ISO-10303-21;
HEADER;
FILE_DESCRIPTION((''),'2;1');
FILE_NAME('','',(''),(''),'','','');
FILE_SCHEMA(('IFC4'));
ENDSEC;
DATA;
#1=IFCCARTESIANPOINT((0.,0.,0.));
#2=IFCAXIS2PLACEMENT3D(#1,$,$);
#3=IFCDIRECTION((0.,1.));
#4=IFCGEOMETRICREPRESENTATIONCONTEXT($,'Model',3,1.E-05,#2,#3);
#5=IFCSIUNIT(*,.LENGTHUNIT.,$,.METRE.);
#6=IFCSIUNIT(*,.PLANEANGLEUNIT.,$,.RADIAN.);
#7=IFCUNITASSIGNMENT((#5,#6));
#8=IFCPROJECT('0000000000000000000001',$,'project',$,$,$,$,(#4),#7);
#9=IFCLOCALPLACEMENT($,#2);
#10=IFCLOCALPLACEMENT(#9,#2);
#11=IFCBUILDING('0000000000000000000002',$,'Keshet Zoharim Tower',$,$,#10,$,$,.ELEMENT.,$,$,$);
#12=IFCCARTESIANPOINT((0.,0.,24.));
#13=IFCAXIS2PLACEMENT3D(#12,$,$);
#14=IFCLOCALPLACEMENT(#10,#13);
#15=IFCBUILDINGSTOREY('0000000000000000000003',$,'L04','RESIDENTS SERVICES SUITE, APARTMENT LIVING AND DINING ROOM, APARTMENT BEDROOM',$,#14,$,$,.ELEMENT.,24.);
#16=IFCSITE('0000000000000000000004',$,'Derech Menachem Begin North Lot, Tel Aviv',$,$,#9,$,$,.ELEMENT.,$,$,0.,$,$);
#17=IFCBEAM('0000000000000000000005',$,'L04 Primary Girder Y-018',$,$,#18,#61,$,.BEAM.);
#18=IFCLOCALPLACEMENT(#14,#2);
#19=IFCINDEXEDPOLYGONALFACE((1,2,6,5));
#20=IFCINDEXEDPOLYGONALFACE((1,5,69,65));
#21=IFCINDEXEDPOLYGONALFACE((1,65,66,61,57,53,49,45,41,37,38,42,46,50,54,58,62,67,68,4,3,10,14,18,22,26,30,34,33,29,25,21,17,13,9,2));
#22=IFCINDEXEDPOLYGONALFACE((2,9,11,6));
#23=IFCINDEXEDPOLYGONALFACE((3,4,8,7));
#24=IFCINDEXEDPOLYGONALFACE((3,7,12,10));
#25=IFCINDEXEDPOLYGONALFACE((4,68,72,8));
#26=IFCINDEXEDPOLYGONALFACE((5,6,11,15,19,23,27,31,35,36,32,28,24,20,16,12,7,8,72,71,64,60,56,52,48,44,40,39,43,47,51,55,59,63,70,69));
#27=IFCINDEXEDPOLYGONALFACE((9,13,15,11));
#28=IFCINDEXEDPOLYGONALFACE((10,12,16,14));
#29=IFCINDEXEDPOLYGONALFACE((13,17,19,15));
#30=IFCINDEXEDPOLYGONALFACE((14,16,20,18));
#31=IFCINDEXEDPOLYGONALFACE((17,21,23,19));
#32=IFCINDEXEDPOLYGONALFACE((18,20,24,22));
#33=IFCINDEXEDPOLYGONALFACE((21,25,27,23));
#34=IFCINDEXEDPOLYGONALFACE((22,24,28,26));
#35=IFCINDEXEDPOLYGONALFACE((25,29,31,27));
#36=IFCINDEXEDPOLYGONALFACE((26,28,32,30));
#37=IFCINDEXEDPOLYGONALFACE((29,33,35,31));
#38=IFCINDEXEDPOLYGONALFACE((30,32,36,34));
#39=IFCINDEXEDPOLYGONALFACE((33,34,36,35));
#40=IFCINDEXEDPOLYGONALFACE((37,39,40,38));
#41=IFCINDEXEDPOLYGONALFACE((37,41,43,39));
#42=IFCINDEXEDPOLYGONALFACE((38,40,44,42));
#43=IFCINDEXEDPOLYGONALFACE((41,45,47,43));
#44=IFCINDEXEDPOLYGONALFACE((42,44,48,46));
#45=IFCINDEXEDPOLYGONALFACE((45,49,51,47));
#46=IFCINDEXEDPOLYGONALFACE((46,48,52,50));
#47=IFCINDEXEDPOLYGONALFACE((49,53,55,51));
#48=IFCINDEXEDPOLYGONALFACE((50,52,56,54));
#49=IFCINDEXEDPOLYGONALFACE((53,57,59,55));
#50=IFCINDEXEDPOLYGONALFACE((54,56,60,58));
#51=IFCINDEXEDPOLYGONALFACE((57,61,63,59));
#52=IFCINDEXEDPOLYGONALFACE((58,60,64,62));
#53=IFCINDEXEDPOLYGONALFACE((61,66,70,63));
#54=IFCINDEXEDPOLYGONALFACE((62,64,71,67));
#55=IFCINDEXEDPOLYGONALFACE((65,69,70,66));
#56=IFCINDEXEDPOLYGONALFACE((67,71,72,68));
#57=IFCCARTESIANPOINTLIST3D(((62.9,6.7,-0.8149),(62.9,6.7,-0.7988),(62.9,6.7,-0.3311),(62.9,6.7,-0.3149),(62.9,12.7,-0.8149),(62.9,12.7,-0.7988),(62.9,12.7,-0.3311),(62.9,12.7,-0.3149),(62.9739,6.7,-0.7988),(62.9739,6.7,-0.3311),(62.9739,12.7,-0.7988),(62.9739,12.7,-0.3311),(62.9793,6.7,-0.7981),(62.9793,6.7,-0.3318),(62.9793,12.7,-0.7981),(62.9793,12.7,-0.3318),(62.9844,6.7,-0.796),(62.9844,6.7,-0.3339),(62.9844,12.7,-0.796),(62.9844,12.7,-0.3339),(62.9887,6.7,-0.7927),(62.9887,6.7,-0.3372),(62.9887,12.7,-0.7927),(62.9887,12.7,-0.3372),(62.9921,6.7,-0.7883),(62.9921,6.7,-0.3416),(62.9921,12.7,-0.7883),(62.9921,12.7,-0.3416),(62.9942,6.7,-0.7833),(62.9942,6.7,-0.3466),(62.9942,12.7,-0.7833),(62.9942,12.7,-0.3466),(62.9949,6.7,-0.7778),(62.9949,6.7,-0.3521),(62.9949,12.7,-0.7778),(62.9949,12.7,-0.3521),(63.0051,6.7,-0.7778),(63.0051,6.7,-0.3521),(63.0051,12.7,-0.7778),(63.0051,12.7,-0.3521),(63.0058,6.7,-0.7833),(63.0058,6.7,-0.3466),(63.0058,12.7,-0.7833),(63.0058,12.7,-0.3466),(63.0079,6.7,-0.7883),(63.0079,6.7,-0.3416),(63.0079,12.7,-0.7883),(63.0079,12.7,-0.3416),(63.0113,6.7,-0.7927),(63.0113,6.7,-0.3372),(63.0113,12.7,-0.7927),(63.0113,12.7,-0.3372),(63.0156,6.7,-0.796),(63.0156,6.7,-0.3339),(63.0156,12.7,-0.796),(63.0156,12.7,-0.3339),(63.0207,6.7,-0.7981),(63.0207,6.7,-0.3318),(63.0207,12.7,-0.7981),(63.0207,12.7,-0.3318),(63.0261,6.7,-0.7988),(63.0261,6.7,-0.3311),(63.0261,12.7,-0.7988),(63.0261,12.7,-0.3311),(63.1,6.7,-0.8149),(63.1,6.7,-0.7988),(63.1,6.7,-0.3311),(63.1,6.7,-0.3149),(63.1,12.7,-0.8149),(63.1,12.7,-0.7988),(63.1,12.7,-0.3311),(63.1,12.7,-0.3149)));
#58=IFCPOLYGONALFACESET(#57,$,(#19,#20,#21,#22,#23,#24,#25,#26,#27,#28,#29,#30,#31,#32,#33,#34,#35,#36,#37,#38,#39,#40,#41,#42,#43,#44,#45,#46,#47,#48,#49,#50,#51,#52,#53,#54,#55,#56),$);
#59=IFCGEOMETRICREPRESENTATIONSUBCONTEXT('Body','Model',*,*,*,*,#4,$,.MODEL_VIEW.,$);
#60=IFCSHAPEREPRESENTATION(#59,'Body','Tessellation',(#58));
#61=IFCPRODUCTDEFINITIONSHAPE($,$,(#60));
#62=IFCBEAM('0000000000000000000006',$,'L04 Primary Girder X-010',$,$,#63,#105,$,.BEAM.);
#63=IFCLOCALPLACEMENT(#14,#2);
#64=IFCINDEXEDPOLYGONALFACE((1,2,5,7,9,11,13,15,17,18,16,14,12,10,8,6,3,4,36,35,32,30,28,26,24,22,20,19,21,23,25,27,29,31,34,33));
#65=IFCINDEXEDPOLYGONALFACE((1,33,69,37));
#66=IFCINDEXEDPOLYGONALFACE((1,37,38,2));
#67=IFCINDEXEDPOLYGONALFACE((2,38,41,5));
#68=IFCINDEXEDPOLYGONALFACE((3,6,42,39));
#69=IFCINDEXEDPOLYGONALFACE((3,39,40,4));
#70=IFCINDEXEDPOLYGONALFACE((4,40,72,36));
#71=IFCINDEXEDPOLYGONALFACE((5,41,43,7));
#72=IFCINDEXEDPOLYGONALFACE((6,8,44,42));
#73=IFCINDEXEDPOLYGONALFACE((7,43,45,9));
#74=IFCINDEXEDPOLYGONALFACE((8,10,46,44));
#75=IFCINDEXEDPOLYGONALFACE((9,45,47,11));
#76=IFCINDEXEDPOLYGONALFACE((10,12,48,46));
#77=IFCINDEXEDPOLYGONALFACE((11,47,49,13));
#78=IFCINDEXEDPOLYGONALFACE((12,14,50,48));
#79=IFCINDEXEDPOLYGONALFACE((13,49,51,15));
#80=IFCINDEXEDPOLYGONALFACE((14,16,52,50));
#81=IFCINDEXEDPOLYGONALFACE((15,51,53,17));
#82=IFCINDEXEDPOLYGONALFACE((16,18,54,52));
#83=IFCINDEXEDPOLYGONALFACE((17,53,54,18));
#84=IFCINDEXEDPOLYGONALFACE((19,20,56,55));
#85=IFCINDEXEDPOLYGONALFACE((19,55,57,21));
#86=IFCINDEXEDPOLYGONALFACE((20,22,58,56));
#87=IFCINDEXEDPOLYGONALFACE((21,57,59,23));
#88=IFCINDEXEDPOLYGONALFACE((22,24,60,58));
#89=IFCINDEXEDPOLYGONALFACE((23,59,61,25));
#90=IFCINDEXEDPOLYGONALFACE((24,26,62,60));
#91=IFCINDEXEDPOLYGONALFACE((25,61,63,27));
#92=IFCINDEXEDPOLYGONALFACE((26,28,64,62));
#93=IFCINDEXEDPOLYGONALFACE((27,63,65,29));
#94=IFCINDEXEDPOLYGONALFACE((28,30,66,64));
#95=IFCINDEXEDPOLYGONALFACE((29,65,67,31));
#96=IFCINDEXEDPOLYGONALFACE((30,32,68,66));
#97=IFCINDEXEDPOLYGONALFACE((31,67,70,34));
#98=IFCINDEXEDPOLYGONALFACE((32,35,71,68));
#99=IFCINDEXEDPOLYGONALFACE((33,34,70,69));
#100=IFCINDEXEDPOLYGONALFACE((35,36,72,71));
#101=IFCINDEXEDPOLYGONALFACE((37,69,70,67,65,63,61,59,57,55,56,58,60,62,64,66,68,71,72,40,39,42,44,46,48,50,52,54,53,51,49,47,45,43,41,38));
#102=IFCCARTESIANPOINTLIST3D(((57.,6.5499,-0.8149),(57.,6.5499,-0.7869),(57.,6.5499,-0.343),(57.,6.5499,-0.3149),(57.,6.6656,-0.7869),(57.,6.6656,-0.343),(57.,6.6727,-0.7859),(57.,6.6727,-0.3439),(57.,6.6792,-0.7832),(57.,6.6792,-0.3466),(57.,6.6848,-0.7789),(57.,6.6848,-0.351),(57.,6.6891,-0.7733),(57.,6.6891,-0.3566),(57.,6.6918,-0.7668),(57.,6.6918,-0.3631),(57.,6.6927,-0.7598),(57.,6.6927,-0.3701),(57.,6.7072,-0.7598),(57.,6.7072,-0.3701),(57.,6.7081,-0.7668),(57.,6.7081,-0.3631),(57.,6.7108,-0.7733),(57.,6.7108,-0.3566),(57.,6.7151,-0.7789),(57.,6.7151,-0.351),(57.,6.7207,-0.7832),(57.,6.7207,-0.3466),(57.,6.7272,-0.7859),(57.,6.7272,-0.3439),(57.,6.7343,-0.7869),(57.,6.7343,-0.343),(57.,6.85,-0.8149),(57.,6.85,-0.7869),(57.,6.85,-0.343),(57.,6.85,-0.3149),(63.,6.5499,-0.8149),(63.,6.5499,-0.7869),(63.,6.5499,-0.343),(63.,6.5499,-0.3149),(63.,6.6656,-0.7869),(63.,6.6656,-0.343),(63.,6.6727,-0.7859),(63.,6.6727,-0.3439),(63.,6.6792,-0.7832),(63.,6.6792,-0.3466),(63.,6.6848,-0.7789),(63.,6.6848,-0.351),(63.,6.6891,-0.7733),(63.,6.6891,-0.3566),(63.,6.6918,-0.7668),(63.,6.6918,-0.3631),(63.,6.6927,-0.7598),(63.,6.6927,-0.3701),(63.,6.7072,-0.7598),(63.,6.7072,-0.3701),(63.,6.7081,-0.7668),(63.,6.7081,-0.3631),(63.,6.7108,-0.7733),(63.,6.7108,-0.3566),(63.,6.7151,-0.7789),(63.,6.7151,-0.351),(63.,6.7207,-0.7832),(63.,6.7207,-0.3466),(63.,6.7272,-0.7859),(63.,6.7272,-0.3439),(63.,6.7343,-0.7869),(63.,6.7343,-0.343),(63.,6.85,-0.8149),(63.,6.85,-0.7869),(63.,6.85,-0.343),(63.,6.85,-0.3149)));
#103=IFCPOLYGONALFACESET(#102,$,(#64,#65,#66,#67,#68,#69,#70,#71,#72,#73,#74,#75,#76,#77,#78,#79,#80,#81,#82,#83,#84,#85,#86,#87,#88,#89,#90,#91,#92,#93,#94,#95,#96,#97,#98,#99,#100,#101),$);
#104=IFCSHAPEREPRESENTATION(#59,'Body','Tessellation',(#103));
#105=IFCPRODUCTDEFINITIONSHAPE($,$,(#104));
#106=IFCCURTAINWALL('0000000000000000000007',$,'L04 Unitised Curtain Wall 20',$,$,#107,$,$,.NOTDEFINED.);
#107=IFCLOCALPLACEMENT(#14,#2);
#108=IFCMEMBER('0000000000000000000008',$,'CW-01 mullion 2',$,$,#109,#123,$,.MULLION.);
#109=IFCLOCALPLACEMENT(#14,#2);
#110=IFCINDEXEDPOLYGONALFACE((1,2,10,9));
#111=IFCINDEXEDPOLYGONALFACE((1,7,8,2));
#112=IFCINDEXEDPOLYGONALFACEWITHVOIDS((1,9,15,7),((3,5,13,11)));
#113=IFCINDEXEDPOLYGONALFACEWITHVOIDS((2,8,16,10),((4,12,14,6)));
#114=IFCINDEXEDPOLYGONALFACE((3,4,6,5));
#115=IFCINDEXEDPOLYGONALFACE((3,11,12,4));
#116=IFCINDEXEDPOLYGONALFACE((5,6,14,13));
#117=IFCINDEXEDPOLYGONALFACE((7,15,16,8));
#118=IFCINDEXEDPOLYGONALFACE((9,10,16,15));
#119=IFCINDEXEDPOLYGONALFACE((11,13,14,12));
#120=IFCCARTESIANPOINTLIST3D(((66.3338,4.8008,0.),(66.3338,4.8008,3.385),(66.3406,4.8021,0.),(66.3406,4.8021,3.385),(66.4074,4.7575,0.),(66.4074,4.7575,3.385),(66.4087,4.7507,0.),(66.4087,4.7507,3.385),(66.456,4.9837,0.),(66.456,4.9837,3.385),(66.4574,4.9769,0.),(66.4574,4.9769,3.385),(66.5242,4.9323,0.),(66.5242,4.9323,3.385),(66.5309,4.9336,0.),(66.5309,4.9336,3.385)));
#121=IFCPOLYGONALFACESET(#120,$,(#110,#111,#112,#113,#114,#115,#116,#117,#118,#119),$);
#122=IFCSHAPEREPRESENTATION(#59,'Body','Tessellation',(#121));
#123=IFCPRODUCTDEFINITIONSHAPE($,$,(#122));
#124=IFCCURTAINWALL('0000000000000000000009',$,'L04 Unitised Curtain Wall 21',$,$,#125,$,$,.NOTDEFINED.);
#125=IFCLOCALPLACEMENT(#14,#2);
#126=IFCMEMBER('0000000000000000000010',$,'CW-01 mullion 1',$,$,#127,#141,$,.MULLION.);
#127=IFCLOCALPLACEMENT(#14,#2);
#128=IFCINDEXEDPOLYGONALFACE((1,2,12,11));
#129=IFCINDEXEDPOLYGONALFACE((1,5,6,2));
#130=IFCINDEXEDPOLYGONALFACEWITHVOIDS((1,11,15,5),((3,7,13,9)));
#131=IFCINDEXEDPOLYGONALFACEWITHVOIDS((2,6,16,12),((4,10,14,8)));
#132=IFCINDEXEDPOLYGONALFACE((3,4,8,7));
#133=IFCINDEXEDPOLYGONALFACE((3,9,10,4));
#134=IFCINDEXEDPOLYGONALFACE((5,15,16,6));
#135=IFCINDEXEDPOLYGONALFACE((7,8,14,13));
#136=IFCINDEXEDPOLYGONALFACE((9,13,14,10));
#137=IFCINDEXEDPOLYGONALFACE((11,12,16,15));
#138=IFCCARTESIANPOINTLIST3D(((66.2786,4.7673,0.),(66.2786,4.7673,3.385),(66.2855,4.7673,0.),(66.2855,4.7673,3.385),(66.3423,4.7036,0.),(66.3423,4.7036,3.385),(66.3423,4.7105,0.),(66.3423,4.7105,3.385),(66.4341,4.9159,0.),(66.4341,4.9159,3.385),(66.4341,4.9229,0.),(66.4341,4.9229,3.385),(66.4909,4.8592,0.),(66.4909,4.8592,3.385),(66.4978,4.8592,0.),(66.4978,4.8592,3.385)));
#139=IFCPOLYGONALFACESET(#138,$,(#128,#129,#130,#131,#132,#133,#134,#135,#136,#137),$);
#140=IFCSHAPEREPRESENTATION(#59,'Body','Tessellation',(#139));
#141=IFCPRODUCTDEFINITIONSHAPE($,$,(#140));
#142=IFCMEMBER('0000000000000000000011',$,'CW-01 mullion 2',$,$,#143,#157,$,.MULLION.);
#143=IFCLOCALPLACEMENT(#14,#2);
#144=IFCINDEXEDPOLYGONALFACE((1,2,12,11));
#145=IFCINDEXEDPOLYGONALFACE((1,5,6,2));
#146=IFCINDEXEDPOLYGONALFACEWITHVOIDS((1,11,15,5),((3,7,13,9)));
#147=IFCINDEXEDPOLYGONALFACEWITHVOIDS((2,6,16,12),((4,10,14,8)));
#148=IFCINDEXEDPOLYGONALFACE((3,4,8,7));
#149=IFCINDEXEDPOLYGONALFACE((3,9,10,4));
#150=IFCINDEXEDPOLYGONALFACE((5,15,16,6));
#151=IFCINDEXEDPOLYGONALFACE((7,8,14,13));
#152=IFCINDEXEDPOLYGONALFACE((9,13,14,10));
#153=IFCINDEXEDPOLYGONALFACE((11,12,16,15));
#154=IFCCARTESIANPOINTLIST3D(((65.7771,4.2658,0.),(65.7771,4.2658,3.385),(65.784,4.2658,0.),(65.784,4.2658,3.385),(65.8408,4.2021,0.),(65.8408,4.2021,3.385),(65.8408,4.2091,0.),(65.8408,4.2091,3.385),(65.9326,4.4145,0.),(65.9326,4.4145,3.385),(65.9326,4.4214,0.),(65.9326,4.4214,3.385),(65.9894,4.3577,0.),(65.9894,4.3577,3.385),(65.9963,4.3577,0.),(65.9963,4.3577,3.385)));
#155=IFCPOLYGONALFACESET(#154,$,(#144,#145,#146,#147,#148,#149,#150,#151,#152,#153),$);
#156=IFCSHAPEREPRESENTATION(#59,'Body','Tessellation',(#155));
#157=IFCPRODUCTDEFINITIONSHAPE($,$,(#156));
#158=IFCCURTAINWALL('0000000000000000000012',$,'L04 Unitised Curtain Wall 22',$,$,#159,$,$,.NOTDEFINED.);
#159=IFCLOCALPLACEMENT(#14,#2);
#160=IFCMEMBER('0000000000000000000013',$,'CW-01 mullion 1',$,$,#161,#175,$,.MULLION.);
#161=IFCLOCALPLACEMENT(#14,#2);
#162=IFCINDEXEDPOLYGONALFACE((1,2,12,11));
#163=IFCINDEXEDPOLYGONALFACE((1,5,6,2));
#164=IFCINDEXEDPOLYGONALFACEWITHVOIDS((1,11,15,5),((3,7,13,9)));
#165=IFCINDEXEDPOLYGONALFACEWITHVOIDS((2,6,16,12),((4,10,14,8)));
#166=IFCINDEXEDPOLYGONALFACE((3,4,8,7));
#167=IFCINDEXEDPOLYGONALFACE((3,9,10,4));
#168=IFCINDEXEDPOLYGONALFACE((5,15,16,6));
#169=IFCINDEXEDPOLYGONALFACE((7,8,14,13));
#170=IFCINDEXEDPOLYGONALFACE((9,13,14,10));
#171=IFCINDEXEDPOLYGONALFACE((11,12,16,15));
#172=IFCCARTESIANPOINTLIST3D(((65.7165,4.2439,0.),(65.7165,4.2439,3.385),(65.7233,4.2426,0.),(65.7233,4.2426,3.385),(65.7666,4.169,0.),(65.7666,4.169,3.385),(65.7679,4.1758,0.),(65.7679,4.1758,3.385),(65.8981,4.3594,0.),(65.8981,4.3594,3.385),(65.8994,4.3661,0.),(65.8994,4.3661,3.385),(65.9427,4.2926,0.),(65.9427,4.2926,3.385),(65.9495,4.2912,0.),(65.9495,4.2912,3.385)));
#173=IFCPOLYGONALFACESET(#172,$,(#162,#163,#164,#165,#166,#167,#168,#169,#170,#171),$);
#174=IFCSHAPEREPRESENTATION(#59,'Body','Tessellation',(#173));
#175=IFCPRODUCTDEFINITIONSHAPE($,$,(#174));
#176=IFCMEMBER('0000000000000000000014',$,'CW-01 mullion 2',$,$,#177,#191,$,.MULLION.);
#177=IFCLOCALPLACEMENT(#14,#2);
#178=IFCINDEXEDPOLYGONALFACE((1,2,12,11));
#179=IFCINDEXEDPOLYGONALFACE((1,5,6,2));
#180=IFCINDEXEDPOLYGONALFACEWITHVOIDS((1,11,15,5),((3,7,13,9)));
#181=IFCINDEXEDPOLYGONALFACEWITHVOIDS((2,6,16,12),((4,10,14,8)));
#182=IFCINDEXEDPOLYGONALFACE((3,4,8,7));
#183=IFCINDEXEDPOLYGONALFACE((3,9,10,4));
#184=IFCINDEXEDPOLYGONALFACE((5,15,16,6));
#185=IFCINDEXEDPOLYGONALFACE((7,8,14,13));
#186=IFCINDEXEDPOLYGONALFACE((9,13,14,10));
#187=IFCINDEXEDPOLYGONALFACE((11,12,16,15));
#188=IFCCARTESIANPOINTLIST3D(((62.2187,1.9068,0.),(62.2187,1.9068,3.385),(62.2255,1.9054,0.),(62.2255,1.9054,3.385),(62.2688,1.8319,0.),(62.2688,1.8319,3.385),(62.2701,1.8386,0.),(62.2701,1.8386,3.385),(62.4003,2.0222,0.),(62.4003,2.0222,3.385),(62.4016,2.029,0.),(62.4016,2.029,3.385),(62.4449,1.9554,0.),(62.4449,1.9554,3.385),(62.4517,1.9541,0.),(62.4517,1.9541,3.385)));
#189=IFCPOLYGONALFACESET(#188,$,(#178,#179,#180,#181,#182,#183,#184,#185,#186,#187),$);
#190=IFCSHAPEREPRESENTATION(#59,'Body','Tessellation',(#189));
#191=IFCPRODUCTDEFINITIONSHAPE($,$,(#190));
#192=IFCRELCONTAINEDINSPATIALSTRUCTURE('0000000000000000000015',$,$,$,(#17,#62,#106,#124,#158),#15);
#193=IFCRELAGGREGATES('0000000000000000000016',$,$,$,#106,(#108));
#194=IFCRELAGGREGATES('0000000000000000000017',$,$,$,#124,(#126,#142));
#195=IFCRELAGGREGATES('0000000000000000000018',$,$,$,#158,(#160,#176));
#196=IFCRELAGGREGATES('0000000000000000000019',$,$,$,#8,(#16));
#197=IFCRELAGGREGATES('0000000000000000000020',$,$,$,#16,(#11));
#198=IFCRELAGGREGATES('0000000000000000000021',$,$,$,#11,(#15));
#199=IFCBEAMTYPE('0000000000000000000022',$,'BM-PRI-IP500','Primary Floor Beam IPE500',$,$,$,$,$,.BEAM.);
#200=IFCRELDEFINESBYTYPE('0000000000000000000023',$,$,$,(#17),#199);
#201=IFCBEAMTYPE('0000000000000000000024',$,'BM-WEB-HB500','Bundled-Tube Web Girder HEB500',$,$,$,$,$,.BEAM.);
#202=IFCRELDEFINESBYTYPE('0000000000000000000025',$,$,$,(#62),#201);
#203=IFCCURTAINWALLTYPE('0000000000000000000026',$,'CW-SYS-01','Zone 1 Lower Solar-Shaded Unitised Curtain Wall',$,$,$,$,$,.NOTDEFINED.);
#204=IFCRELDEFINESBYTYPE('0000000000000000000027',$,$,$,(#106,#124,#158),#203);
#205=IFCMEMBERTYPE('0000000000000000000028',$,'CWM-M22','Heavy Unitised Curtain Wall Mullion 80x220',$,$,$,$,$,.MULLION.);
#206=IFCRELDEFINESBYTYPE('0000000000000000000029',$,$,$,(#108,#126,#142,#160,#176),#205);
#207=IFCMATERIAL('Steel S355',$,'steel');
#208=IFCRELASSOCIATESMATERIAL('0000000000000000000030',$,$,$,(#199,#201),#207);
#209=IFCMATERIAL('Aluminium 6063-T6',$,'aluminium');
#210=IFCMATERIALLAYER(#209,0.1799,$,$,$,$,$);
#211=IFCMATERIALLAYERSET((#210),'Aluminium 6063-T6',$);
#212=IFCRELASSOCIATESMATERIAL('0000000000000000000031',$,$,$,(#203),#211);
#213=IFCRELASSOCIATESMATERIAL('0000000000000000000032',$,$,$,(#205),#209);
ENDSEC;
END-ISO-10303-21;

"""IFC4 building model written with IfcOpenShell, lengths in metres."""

from ifc_helpers import new_model, si_unit, direction, frame, origin, origin_2d, place, context, subcontext, project, spatial, hollow_rectangle, i_section, extrude, material, layer, layer_set, material_profile, profile_set, type_object, element, aggregate, save


model = new_model("IFC4")

# Units and contexts
model_context = context("Model", 3, precision=1e-05, world=origin(), true_north=direction((0.0, 1.0)))
body_context = subcontext(model_context, "Body", "Model", "MODEL_VIEW")
ifc_project = project(units=[si_unit("LENGTHUNIT", "METRE"), si_unit("PLANEANGLEUNIT", "RADIAN")], contexts=[model_context])

# Site, building, storey
site_placement = place(None, origin())
site = spatial("IfcSite", under=ifc_project, at=site_placement, Name="Derech Menachem Begin North Lot, Tel Aviv", CompositionType="ELEMENT", RefElevation=0.0)
building_placement = place(site_placement, origin())
building = spatial("IfcBuilding", under=site, at=building_placement, Name="Keshet Zoharim Tower", CompositionType="ELEMENT")
storey_placement = place(building_placement, frame((0.0, 0.0, 24.0)))
storey = spatial("IfcBuildingStorey", under=building, at=storey_placement, Name="L04", Description="RESIDENTS SERVICES SUITE, APARTMENT LIVING AND DINING ROOM, APARTMENT BEDROOM", CompositionType="ELEMENT", Elevation=24.0)

# Shared definitions
ifc_material_1 = material(Name="Steel S355", Category="steel")

# Beams
ifc_material_profile_1 = material_profile(ifc_material_1, i_section(OverallWidth=0.2, OverallDepth=0.5, WebThickness=0.0103, FlangeThickness=0.0161, FilletRadius=0.021, at=origin_2d()), Name="IPE500")
ifc_profile_set_1 = profile_set([ifc_material_profile_1], Name="Steel S355")
beam_type_1 = type_object("IfcBeamType", Name="BM-PRI-IP500", Description="Primary Floor Beam IPE500", PredefinedType="BEAM", material=ifc_profile_set_1)
for number, where, z_axis, x_axis, name in (
    (1, (63.0, 6.7, -0.5649), (0.0, 1.0, 0.0), (-1.0, 0.0, 0.0), "L04 Primary Girder Y-018"),
):
    element("IfcBeam", number, at=place(storey_placement, frame(where, z_axis=z_axis, x_axis=x_axis)), inside=storey, type_object=beam_type_1, Name=name, PredefinedType="BEAM", context=body_context, shape_type="SweptSolid", body=[
        extrude(i_section(OverallWidth=0.2, OverallDepth=0.5, WebThickness=0.0103, FlangeThickness=0.0161, FilletRadius=0.021, at=origin_2d()), origin(), (0.0, 0.0, 1.0), 6.0),
    ])
ifc_material_profile_2 = material_profile(ifc_material_1, i_section(OverallWidth=0.3, OverallDepth=0.5, WebThickness=0.0144, FlangeThickness=0.0281, FilletRadius=0.0271, at=origin_2d()), Name="HEB500")
ifc_profile_set_2 = profile_set([ifc_material_profile_2], Name="Steel S355")
beam_type_2 = type_object("IfcBeamType", Name="BM-WEB-HB500", Description="Bundled-Tube Web Girder HEB500", PredefinedType="BEAM", material=ifc_profile_set_2)
beam_placement = place(storey_placement, frame((57.0, 6.7, -0.5649), z_axis=(1.0, 0.0, 0.0), x_axis=(0.0, 1.0, 0.0)))
element("IfcBeam", 2, at=beam_placement, inside=storey, type_object=beam_type_2, Name="L04 Primary Girder X-010", PredefinedType="BEAM", context=body_context, shape_type="SweptSolid", body=[
    extrude(i_section(OverallWidth=0.3, OverallDepth=0.5, WebThickness=0.0144, FlangeThickness=0.0281, FilletRadius=0.0271, at=origin_2d()), origin(), (0.0, 0.0, 1.0), 6.0),
])

# Curtain wall, member
ifc_material_2 = material(Name="Aluminium 6063-T6", Category="aluminium")
ifc_layer_1 = layer(ifc_material_2, 0.1799)
ifc_layer_set_1 = layer_set([ifc_layer_1], Name="Aluminium 6063-T6")
curtain_wall_type = type_object("IfcCurtainWallType", Name="CW-SYS-01", Description="Zone 1 Lower Solar-Shaded Unitised Curtain Wall", PredefinedType="NOTDEFINED", material=ifc_layer_set_1)
curtain_wall_1_placement = place(storey_placement, origin())
curtain_wall_1 = element("IfcCurtainWall", 3, at=curtain_wall_1_placement, inside=storey, type_object=curtain_wall_type, Name="L04 Unitised Curtain Wall 20", PredefinedType="NOTDEFINED")
ifc_material_profile_3 = material_profile(ifc_material_2, hollow_rectangle(XDim=0.0901, YDim=0.22, WallThickness=0.0049, at=origin_2d()), Name="MUL-90x220")
ifc_profile_set_3 = profile_set([ifc_material_profile_3], Name="Aluminium 6063-T6")
member_type_1 = type_object("IfcMemberType", Name="CWM-M22", Description="Heavy Unitised Curtain Wall Mullion 80x220", PredefinedType="MULLION", material=ifc_profile_set_3)
member_1_placement = place(storey_placement, frame((66.4324, 4.8672, 0.0), z_axis=(0.0, 0.0, 1.0), x_axis=(0.831474, -0.555563, 0.0)))
member_1 = element("IfcMember", 4, at=member_1_placement, type_object=member_type_1, Name="CW-01 mullion 2", PredefinedType="MULLION", context=body_context, shape_type="SweptSolid", body=[
    extrude(hollow_rectangle(XDim=0.0901, YDim=0.22, WallThickness=0.0049, at=origin_2d()), origin(), (0.0, 0.0, 1.0), 3.385),
])

# Curtain walls, members
curtain_wall_2_placement = place(storey_placement, origin())
curtain_wall_2 = element("IfcCurtainWall", 5, at=curtain_wall_2_placement, inside=storey, type_object=curtain_wall_type, Name="L04 Unitised Curtain Wall 21", PredefinedType="NOTDEFINED")
member_2_placement = place(storey_placement, frame((66.3882, 4.8132, 0.0), z_axis=(0.0, 0.0, 1.0), x_axis=(0.707107, -0.707107, 0.0)))
member_2 = element("IfcMember", 6, at=member_2_placement, type_object=member_type_1, Name="CW-01 mullion 1", PredefinedType="MULLION", context=body_context, shape_type="SweptSolid", body=[
    extrude(hollow_rectangle(XDim=0.0901, YDim=0.22, WallThickness=0.0049, at=origin_2d()), origin(), (0.0, 0.0, 1.0), 3.385),
])
member_3_placement = place(storey_placement, frame((65.8867, 4.3118, 0.0), z_axis=(0.0, 0.0, 1.0), x_axis=(0.707107, -0.707107, 0.0)))
member_3 = element("IfcMember", 7, at=member_3_placement, type_object=member_type_1, Name="CW-01 mullion 2", PredefinedType="MULLION", context=body_context, shape_type="SweptSolid", body=[
    extrude(hollow_rectangle(XDim=0.0901, YDim=0.22, WallThickness=0.0049, at=origin_2d()), origin(), (0.0, 0.0, 1.0), 3.385),
])
curtain_wall_3_placement = place(storey_placement, origin())
curtain_wall_3 = element("IfcCurtainWall", 8, at=curtain_wall_3_placement, inside=storey, type_object=curtain_wall_type, Name="L04 Unitised Curtain Wall 22", PredefinedType="NOTDEFINED")
member_4_placement = place(storey_placement, frame((65.833, 4.2676, 0.0), z_axis=(0.0, 0.0, 1.0), x_axis=(0.555563, -0.831474, 0.0)))
member_4 = element("IfcMember", 9, at=member_4_placement, type_object=member_type_1, Name="CW-01 mullion 1", PredefinedType="MULLION", context=body_context, shape_type="SweptSolid", body=[
    extrude(hollow_rectangle(XDim=0.0901, YDim=0.22, WallThickness=0.0049, at=origin_2d()), origin(), (0.0, 0.0, 1.0), 3.385),
])
member_5_placement = place(storey_placement, frame((62.3352, 1.9304, 0.0), z_axis=(0.0, 0.0, 1.0), x_axis=(0.555563, -0.831474, 0.0)))
member_5 = element("IfcMember", 10, at=member_5_placement, type_object=member_type_1, Name="CW-01 mullion 2", PredefinedType="MULLION", context=body_context, shape_type="SweptSolid", body=[
    extrude(hollow_rectangle(XDim=0.0901, YDim=0.22, WallThickness=0.0049, at=origin_2d()), origin(), (0.0, 0.0, 1.0), 3.385),
])

aggregate(curtain_wall_1, [member_1])
aggregate(curtain_wall_2, [member_2, member_3])
aggregate(curtain_wall_3, [member_4, member_5])

save(model, "model.ifc")
